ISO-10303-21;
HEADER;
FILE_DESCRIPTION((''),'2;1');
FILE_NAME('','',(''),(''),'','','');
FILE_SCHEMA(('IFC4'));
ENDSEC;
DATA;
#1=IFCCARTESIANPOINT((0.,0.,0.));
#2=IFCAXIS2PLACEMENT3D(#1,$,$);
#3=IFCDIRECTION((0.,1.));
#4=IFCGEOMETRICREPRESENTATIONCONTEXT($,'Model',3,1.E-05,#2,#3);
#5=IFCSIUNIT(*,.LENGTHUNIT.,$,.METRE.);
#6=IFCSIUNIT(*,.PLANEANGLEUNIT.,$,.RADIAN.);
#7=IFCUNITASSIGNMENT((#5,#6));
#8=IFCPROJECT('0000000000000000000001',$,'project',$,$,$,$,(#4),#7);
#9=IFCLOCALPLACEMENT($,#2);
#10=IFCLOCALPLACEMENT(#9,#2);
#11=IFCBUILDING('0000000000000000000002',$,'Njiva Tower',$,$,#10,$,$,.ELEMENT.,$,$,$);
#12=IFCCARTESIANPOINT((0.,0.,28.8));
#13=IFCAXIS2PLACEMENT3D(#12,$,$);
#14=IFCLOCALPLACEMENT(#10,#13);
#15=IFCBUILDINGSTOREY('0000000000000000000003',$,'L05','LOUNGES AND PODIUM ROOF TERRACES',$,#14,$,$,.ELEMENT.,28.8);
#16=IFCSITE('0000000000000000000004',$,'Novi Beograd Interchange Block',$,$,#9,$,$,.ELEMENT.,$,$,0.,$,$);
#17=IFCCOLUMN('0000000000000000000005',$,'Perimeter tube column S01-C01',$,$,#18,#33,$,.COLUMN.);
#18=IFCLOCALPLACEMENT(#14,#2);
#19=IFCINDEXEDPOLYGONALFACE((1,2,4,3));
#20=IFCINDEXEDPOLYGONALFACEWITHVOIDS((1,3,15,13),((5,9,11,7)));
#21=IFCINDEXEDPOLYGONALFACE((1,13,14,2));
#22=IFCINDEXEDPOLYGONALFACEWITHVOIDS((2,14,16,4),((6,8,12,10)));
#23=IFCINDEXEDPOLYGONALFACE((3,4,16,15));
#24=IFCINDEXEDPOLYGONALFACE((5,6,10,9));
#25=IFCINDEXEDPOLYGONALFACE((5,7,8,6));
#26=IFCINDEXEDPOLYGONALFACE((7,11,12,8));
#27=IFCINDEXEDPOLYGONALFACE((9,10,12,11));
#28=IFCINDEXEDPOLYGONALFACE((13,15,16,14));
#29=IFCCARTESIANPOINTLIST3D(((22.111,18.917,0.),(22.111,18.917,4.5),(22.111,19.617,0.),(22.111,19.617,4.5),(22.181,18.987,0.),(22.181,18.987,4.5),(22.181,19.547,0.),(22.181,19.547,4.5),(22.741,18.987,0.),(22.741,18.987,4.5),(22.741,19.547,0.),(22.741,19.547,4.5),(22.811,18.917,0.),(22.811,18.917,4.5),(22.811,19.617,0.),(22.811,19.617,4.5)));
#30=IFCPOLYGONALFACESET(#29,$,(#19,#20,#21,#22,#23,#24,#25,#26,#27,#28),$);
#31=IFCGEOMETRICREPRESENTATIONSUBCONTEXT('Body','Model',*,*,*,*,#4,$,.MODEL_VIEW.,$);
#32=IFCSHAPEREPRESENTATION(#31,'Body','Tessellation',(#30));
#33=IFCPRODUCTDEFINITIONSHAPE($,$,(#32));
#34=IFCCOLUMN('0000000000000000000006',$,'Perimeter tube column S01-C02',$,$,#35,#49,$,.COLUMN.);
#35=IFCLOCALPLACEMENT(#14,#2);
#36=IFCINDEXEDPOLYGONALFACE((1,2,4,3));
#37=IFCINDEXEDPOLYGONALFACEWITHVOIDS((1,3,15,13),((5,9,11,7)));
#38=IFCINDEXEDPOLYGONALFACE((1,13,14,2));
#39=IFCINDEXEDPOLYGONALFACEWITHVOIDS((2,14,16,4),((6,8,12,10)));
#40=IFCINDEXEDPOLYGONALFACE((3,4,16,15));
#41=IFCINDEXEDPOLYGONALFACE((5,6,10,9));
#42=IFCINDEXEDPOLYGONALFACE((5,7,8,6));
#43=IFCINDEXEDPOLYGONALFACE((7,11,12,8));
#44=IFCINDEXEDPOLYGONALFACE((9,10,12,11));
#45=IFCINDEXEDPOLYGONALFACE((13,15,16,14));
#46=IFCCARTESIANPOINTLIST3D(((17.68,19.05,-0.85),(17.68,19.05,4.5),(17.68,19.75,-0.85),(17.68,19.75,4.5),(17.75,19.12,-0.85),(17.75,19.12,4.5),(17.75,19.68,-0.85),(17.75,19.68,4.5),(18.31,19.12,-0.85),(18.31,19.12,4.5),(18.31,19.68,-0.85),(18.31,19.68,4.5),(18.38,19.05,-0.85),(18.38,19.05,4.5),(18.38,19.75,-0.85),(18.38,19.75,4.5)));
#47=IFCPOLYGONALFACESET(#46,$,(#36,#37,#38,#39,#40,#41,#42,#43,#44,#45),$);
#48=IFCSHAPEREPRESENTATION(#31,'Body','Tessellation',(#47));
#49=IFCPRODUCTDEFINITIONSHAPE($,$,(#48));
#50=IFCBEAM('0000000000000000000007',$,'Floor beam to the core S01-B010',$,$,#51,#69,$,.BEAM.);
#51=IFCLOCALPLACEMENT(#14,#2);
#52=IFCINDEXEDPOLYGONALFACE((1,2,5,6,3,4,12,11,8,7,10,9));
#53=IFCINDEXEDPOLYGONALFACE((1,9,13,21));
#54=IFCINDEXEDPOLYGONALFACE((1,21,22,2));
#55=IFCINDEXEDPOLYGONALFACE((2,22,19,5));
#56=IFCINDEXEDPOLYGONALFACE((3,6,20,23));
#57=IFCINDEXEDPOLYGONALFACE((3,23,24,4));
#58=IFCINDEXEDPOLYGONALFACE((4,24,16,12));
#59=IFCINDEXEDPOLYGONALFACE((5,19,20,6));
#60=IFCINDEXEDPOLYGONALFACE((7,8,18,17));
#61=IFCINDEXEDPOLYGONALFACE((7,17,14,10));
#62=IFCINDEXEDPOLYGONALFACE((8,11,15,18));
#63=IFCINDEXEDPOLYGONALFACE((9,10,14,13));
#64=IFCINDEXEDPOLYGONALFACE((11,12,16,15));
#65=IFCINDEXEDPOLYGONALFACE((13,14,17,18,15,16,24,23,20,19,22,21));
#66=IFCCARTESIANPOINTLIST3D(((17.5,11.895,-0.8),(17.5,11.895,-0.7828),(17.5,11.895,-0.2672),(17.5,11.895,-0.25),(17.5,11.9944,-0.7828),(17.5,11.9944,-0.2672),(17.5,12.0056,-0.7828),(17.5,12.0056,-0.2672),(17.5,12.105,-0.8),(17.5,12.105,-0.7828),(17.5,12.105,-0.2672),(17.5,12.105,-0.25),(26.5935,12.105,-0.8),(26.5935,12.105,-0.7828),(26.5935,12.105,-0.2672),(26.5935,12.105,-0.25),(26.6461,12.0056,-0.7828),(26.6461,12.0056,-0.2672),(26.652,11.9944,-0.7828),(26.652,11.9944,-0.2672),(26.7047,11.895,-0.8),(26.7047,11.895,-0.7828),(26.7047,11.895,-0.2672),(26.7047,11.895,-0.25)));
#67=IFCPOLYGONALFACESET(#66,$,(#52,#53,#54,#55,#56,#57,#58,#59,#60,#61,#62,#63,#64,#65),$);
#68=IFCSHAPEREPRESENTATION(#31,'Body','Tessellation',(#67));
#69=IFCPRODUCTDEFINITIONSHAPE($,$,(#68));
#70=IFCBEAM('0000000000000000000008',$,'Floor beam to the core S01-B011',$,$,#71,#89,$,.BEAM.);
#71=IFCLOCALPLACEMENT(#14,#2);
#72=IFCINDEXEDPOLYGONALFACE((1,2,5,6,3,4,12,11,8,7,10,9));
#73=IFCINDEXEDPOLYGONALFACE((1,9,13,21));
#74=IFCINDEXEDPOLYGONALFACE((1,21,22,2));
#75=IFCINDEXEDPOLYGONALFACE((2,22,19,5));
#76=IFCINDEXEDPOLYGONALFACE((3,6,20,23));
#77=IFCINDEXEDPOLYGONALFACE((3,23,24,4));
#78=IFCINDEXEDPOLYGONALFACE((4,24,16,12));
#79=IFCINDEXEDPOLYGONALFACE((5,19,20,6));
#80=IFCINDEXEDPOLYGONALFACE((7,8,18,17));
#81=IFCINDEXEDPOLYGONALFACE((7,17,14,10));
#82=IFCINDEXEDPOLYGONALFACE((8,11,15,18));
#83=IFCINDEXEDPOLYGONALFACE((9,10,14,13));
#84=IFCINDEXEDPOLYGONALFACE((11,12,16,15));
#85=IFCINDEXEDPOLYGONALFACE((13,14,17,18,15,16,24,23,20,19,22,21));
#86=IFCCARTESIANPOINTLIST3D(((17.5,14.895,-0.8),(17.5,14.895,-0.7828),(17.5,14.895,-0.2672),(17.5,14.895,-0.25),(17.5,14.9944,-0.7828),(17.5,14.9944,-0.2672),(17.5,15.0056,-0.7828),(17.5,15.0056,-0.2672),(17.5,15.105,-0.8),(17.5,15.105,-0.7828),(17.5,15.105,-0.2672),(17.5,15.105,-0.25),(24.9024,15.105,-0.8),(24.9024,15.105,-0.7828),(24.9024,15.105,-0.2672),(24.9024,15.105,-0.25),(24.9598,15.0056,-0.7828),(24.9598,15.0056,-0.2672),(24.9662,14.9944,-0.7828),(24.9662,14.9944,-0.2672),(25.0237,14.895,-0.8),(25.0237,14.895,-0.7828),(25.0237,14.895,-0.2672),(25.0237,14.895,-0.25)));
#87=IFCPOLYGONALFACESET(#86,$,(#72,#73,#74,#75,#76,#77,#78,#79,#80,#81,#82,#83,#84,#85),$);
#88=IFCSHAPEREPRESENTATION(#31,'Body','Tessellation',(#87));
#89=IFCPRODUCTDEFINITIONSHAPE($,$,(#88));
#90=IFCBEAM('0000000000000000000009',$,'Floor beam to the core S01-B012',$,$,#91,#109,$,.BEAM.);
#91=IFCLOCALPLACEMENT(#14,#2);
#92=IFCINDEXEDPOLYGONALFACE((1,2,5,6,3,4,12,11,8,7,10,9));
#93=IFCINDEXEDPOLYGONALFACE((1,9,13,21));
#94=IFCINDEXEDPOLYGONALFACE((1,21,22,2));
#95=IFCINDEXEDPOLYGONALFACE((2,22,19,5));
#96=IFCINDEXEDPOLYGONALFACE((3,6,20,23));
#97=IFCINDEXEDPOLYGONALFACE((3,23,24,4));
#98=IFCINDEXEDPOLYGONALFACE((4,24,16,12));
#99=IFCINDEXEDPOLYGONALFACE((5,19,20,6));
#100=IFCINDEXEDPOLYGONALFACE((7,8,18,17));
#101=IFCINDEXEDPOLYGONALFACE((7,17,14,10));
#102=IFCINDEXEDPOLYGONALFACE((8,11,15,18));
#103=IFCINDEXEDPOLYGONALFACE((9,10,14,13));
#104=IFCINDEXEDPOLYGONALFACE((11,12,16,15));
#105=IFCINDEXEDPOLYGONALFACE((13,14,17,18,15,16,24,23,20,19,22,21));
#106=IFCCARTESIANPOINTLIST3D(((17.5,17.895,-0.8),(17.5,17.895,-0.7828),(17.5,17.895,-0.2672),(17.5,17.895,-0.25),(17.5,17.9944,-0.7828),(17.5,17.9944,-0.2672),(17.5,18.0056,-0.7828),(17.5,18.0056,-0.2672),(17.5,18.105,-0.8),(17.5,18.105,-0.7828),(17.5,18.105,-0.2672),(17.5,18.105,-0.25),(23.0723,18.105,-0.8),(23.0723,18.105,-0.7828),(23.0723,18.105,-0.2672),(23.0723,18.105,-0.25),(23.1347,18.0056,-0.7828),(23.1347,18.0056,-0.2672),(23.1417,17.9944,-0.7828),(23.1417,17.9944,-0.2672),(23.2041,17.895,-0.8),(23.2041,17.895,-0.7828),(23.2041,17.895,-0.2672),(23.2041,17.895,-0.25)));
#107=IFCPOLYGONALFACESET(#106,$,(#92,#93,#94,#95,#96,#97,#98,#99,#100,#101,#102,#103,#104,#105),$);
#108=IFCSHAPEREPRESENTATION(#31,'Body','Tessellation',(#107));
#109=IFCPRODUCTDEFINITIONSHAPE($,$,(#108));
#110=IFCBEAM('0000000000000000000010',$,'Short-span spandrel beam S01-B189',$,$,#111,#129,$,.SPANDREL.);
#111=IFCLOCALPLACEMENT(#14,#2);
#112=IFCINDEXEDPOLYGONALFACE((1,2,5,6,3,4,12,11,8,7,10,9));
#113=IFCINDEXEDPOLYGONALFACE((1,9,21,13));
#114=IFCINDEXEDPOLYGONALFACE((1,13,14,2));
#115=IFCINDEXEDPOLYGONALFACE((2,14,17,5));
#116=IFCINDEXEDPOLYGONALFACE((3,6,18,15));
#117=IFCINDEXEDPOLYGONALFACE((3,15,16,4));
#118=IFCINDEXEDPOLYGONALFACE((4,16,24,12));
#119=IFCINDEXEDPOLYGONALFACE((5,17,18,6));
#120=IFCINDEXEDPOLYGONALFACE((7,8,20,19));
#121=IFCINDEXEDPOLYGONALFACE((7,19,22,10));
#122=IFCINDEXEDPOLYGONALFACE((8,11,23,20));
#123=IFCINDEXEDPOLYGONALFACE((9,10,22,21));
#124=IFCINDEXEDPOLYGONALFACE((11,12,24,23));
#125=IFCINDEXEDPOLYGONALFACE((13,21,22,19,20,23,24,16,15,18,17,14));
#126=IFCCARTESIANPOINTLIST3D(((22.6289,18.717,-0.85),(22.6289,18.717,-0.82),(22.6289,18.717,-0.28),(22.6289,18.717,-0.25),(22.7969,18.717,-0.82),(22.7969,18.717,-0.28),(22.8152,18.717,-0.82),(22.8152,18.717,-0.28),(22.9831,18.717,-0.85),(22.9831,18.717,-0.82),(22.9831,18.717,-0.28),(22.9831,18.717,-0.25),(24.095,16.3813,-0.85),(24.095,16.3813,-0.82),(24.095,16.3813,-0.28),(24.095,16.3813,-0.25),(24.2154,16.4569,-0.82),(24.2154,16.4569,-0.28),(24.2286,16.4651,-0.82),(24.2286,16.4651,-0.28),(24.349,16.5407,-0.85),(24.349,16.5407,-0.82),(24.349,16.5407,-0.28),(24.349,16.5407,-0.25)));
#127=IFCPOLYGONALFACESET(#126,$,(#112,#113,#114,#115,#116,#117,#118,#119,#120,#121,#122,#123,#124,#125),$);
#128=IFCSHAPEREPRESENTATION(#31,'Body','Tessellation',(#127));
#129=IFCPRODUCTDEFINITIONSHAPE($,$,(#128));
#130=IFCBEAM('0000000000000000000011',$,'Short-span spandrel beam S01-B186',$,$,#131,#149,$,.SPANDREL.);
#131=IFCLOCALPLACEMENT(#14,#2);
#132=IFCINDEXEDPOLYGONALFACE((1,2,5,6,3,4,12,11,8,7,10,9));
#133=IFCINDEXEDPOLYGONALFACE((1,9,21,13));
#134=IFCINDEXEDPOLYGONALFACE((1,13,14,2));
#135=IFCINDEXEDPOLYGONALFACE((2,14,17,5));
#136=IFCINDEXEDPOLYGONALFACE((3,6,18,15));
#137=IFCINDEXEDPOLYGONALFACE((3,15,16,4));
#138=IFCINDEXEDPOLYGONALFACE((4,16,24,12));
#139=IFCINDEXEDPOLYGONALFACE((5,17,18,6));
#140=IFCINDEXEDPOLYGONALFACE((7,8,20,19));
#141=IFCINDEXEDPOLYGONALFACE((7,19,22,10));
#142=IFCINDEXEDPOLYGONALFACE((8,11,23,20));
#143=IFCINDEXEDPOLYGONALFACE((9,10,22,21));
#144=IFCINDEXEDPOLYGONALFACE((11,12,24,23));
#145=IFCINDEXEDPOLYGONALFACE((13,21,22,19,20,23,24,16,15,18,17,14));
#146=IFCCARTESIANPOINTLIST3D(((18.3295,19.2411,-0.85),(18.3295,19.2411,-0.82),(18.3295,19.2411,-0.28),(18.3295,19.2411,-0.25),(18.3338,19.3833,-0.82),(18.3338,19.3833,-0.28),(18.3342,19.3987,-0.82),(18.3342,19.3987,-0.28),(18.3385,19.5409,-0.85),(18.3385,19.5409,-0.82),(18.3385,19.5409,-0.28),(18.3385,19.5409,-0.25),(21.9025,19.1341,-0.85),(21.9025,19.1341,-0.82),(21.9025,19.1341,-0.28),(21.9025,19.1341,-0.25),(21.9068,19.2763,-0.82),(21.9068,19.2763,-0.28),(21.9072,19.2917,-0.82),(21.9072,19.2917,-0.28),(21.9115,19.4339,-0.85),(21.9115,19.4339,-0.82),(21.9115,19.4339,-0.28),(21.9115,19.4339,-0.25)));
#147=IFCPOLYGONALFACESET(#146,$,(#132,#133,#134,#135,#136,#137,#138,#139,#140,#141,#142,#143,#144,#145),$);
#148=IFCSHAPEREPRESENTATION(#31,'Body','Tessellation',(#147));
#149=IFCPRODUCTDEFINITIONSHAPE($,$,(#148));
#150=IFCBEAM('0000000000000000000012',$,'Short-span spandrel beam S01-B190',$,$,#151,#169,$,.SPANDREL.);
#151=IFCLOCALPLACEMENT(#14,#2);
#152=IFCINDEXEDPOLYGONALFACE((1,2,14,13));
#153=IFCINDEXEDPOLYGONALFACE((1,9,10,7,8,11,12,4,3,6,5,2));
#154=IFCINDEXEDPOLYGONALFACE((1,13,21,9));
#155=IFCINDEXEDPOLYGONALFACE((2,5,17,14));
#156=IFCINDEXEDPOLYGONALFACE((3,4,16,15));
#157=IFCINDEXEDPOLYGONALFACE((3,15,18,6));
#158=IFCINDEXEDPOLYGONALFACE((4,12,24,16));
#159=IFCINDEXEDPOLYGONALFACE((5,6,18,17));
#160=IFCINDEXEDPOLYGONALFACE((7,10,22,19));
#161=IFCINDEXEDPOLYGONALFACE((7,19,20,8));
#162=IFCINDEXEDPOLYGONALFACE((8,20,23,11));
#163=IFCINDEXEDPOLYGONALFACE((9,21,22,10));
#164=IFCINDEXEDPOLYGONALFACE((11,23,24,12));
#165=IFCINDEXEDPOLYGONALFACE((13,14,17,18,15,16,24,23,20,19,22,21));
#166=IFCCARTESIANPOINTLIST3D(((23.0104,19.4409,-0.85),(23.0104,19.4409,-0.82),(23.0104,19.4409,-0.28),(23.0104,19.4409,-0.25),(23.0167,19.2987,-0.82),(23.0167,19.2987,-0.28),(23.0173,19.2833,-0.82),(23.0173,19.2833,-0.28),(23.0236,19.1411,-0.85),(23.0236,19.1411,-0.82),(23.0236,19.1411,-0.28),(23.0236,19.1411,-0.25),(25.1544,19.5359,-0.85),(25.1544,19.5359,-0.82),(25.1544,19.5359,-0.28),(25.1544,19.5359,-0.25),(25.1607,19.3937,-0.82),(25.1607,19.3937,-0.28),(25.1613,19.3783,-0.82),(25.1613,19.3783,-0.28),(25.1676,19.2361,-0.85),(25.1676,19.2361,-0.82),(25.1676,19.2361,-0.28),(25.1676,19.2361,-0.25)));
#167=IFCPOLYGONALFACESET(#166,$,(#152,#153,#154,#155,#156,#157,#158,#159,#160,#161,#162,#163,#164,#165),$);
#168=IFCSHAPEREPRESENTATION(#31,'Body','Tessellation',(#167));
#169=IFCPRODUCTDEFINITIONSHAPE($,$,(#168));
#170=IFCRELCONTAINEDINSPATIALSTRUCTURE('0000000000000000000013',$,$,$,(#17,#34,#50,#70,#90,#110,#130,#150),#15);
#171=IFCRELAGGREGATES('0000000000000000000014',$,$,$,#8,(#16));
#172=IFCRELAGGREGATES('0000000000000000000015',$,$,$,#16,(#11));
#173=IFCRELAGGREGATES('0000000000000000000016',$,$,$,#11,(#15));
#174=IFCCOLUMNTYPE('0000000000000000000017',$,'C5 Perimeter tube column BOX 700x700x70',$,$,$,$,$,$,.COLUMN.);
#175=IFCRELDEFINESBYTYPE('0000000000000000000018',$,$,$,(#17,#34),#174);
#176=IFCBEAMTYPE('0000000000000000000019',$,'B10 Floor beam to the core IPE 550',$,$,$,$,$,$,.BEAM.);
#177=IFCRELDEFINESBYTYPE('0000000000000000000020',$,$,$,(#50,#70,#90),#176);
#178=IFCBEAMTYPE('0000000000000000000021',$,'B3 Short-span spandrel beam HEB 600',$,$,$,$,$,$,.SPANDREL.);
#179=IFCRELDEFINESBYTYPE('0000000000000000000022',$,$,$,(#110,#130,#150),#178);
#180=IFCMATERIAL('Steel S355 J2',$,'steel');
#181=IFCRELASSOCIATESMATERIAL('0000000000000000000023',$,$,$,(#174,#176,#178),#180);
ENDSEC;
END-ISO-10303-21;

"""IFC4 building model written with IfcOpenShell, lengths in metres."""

from ifc_helpers import new_model, si_unit, direction, frame, origin, origin_2d, place, context, subcontext, project, spatial, hollow_rectangle, i_section, extrude, clip, halfspace, material, material_profile, profile_set, type_object, element, save


model = new_model("IFC4")

# Units and contexts
model_context = context("Model", 3, precision=1e-05, world=origin(), true_north=direction((0.0, 1.0)))
body_context = subcontext(model_context, "Body", "Model", "MODEL_VIEW")
ifc_project = project(units=[si_unit("LENGTHUNIT", "METRE"), si_unit("PLANEANGLEUNIT", "RADIAN")], contexts=[model_context])

# Site, building, storey
site_placement = place(None, origin())
site = spatial("IfcSite", under=ifc_project, at=site_placement, Name="Novi Beograd Interchange Block", CompositionType="ELEMENT", RefElevation=0.0)
building_placement = place(site_placement, origin())
building = spatial("IfcBuilding", under=site, at=building_placement, Name="Njiva Tower", CompositionType="ELEMENT")
storey_placement = place(building_placement, frame((0.0, 0.0, 28.8)))
storey = spatial("IfcBuildingStorey", under=building, at=storey_placement, Name="L05", Description="LOUNGES AND PODIUM ROOF TERRACES", CompositionType="ELEMENT", Elevation=28.8)

# Columns
ifc_material_1 = material(Name="Steel S355 J2", Category="steel")
ifc_material_profile_1 = material_profile(ifc_material_1, hollow_rectangle(XDim=0.7, YDim=0.7, WallThickness=0.07, at=origin_2d()), Name="BOX 700x700x70")
ifc_profile_set_1 = profile_set([ifc_material_profile_1], Name="Steel S355 J2")
column_type = type_object("IfcColumnType", Name="C5 Perimeter tube column BOX 700x700x70", PredefinedType="COLUMN", material=ifc_profile_set_1)
column_1_placement = place(storey_placement, frame((22.461, 19.267, 0.0), z_axis=(0.0, 0.0, 1.0), x_axis=(-1.0, 0.0, 0.0)))
element("IfcColumn", 1, at=column_1_placement, inside=storey, type_object=column_type, Name="Perimeter tube column S01-C01", PredefinedType="COLUMN", context=body_context, shape_type="SweptSolid", body=[
    extrude(hollow_rectangle(XDim=0.7, YDim=0.7, WallThickness=0.07, at=origin_2d()), origin(), (0.0, 0.0, 1.0), 4.5),
])
column_2_placement = place(storey_placement, frame((18.03, 19.4, -0.85), z_axis=(0.0, 0.0, 1.0), x_axis=(-1.0, 0.0, 0.0)))
element("IfcColumn", 2, at=column_2_placement, inside=storey, type_object=column_type, Name="Perimeter tube column S01-C02", PredefinedType="COLUMN", context=body_context, shape_type="SweptSolid", body=[
    extrude(hollow_rectangle(XDim=0.7, YDim=0.7, WallThickness=0.07, at=origin_2d()), origin(), (0.0, 0.0, 1.0), 5.35),
])

# Beams
ifc_material_profile_2 = material_profile(ifc_material_1, i_section(OverallWidth=0.21, OverallDepth=0.55, WebThickness=0.0111, FlangeThickness=0.0172, at=origin_2d()), Name="IPE 550")
ifc_profile_set_2 = profile_set([ifc_material_profile_2], Name="Steel S355 J2")
beam_type_1 = type_object("IfcBeamType", Name="B10 Floor beam to the core IPE 550", PredefinedType="BEAM", material=ifc_profile_set_2)
beam_1_placement = place(storey_placement, frame((17.5, 12.0, -0.525), z_axis=(1.0, 0.0, 0.0), x_axis=(0.0, 1.0, 0.0)))
element("IfcBeam", 3, at=beam_1_placement, inside=storey, type_object=beam_type_1, Name="Floor beam to the core S01-B010", PredefinedType="BEAM", context=body_context, shape_type="Clipping", body=[
    clip(extrude(i_section(OverallWidth=0.21, OverallDepth=0.55, WebThickness=0.0111, FlangeThickness=0.0172, at=origin_2d()), origin(), (0.0, 0.0, 1.0), 9.225), halfspace(frame((0.0234, 0.0, 9.1367), z_axis=(0.467798, 0.0, 0.883836), x_axis=(0.0, 1.0, 0.0)), False)),
])
beam_2_placement = place(storey_placement, frame((17.5, 15.0, -0.525), z_axis=(1.0, 0.0, 0.0), x_axis=(0.0, 1.0, 0.0)))
element("IfcBeam", 4, at=beam_2_placement, inside=storey, type_object=beam_type_1, Name="Floor beam to the core S01-B011", PredefinedType="BEAM", context=body_context, shape_type="Clipping", body=[
    clip(extrude(i_section(OverallWidth=0.21, OverallDepth=0.55, WebThickness=0.0111, FlangeThickness=0.0172, at=origin_2d()), origin(), (0.0, 0.0, 1.0), 7.544), halfspace(frame((0.025, 0.0, 7.4486), z_axis=(0.499998, 0.0, 0.866027), x_axis=(0.0, 1.0, 0.0)), False)),
])
beam_3_placement = place(storey_placement, frame((17.5, 18.0, -0.525), z_axis=(1.0, 0.0, 0.0), x_axis=(0.0, 1.0, 0.0)))
element("IfcBeam", 5, at=beam_3_placement, inside=storey, type_object=beam_type_1, Name="Floor beam to the core S01-B012", PredefinedType="BEAM", context=body_context, shape_type="Clipping", body=[
    clip(extrude(i_section(OverallWidth=0.21, OverallDepth=0.55, WebThickness=0.0111, FlangeThickness=0.0172, at=origin_2d()), origin(), (0.0, 0.0, 1.0), 5.724), halfspace(frame((0.0266, 0.0, 5.6215), z_axis=(0.53153, 0.0, 0.84704), x_axis=(0.0, 1.0, 0.0)), False)),
])
ifc_material_profile_3 = material_profile(ifc_material_1, i_section(OverallWidth=0.3, OverallDepth=0.6, WebThickness=0.0155, FlangeThickness=0.03, at=origin_2d()), Name="HEB 600")
ifc_profile_set_3 = profile_set([ifc_material_profile_3], Name="Steel S355 J2")
beam_type_2 = type_object("IfcBeamType", Name="B3 Short-span spandrel beam HEB 600", PredefinedType="SPANDREL", material=ifc_profile_set_3)
beam_4_placement = place(storey_placement, frame((24.222, 16.461, -0.55), z_axis=(-0.531618, 0.846984, 0.0), x_axis=(-0.846984, -0.531618, 0.0)))
element("IfcBeam", 6, at=beam_4_placement, inside=storey, type_object=beam_type_2, Name="Short-span spandrel beam S01-B189", PredefinedType="SPANDREL", context=body_context, shape_type="Clipping", body=[
    clip(extrude(i_section(OverallWidth=0.3, OverallDepth=0.6, WebThickness=0.0155, FlangeThickness=0.03, at=origin_2d()), origin(), (0.0, 0.0, 1.0), 2.7776), halfspace(frame((-0.0268, 0.0, 2.6467), z_axis=(-0.531618, 0.0, 0.846984), x_axis=(0.0, 1.0, 0.0)), False)),
])
beam_5_placement = place(storey_placement, frame((18.334, 19.391, -0.55), z_axis=(0.999552, -0.029933, 0.0), x_axis=(0.029933, 0.999552, 0.0)))
element("IfcBeam", 7, at=beam_5_placement, inside=storey, type_object=beam_type_2, Name="Short-span spandrel beam S01-B186", PredefinedType="SPANDREL", context=body_context, shape_type="SweptSolid", body=[
    extrude(i_section(OverallWidth=0.3, OverallDepth=0.6, WebThickness=0.0155, FlangeThickness=0.03, at=origin_2d()), origin(), (0.0, 0.0, 1.0), 3.5746),
])
beam_6_placement = place(storey_placement, frame((23.017, 19.291, -0.55), z_axis=(0.99902, 0.044266, 0.0), x_axis=(-0.044266, 0.99902, 0.0)))
element("IfcBeam", 8, at=beam_6_placement, inside=storey, type_object=beam_type_2, Name="Short-span spandrel beam S01-B190", PredefinedType="SPANDREL", context=body_context, shape_type="SweptSolid", body=[
    extrude(i_section(OverallWidth=0.3, OverallDepth=0.6, WebThickness=0.0155, FlangeThickness=0.03, at=origin_2d()), origin(), (0.0, 0.0, 1.0), 2.1461),
])

save(model, "model.ifc")
